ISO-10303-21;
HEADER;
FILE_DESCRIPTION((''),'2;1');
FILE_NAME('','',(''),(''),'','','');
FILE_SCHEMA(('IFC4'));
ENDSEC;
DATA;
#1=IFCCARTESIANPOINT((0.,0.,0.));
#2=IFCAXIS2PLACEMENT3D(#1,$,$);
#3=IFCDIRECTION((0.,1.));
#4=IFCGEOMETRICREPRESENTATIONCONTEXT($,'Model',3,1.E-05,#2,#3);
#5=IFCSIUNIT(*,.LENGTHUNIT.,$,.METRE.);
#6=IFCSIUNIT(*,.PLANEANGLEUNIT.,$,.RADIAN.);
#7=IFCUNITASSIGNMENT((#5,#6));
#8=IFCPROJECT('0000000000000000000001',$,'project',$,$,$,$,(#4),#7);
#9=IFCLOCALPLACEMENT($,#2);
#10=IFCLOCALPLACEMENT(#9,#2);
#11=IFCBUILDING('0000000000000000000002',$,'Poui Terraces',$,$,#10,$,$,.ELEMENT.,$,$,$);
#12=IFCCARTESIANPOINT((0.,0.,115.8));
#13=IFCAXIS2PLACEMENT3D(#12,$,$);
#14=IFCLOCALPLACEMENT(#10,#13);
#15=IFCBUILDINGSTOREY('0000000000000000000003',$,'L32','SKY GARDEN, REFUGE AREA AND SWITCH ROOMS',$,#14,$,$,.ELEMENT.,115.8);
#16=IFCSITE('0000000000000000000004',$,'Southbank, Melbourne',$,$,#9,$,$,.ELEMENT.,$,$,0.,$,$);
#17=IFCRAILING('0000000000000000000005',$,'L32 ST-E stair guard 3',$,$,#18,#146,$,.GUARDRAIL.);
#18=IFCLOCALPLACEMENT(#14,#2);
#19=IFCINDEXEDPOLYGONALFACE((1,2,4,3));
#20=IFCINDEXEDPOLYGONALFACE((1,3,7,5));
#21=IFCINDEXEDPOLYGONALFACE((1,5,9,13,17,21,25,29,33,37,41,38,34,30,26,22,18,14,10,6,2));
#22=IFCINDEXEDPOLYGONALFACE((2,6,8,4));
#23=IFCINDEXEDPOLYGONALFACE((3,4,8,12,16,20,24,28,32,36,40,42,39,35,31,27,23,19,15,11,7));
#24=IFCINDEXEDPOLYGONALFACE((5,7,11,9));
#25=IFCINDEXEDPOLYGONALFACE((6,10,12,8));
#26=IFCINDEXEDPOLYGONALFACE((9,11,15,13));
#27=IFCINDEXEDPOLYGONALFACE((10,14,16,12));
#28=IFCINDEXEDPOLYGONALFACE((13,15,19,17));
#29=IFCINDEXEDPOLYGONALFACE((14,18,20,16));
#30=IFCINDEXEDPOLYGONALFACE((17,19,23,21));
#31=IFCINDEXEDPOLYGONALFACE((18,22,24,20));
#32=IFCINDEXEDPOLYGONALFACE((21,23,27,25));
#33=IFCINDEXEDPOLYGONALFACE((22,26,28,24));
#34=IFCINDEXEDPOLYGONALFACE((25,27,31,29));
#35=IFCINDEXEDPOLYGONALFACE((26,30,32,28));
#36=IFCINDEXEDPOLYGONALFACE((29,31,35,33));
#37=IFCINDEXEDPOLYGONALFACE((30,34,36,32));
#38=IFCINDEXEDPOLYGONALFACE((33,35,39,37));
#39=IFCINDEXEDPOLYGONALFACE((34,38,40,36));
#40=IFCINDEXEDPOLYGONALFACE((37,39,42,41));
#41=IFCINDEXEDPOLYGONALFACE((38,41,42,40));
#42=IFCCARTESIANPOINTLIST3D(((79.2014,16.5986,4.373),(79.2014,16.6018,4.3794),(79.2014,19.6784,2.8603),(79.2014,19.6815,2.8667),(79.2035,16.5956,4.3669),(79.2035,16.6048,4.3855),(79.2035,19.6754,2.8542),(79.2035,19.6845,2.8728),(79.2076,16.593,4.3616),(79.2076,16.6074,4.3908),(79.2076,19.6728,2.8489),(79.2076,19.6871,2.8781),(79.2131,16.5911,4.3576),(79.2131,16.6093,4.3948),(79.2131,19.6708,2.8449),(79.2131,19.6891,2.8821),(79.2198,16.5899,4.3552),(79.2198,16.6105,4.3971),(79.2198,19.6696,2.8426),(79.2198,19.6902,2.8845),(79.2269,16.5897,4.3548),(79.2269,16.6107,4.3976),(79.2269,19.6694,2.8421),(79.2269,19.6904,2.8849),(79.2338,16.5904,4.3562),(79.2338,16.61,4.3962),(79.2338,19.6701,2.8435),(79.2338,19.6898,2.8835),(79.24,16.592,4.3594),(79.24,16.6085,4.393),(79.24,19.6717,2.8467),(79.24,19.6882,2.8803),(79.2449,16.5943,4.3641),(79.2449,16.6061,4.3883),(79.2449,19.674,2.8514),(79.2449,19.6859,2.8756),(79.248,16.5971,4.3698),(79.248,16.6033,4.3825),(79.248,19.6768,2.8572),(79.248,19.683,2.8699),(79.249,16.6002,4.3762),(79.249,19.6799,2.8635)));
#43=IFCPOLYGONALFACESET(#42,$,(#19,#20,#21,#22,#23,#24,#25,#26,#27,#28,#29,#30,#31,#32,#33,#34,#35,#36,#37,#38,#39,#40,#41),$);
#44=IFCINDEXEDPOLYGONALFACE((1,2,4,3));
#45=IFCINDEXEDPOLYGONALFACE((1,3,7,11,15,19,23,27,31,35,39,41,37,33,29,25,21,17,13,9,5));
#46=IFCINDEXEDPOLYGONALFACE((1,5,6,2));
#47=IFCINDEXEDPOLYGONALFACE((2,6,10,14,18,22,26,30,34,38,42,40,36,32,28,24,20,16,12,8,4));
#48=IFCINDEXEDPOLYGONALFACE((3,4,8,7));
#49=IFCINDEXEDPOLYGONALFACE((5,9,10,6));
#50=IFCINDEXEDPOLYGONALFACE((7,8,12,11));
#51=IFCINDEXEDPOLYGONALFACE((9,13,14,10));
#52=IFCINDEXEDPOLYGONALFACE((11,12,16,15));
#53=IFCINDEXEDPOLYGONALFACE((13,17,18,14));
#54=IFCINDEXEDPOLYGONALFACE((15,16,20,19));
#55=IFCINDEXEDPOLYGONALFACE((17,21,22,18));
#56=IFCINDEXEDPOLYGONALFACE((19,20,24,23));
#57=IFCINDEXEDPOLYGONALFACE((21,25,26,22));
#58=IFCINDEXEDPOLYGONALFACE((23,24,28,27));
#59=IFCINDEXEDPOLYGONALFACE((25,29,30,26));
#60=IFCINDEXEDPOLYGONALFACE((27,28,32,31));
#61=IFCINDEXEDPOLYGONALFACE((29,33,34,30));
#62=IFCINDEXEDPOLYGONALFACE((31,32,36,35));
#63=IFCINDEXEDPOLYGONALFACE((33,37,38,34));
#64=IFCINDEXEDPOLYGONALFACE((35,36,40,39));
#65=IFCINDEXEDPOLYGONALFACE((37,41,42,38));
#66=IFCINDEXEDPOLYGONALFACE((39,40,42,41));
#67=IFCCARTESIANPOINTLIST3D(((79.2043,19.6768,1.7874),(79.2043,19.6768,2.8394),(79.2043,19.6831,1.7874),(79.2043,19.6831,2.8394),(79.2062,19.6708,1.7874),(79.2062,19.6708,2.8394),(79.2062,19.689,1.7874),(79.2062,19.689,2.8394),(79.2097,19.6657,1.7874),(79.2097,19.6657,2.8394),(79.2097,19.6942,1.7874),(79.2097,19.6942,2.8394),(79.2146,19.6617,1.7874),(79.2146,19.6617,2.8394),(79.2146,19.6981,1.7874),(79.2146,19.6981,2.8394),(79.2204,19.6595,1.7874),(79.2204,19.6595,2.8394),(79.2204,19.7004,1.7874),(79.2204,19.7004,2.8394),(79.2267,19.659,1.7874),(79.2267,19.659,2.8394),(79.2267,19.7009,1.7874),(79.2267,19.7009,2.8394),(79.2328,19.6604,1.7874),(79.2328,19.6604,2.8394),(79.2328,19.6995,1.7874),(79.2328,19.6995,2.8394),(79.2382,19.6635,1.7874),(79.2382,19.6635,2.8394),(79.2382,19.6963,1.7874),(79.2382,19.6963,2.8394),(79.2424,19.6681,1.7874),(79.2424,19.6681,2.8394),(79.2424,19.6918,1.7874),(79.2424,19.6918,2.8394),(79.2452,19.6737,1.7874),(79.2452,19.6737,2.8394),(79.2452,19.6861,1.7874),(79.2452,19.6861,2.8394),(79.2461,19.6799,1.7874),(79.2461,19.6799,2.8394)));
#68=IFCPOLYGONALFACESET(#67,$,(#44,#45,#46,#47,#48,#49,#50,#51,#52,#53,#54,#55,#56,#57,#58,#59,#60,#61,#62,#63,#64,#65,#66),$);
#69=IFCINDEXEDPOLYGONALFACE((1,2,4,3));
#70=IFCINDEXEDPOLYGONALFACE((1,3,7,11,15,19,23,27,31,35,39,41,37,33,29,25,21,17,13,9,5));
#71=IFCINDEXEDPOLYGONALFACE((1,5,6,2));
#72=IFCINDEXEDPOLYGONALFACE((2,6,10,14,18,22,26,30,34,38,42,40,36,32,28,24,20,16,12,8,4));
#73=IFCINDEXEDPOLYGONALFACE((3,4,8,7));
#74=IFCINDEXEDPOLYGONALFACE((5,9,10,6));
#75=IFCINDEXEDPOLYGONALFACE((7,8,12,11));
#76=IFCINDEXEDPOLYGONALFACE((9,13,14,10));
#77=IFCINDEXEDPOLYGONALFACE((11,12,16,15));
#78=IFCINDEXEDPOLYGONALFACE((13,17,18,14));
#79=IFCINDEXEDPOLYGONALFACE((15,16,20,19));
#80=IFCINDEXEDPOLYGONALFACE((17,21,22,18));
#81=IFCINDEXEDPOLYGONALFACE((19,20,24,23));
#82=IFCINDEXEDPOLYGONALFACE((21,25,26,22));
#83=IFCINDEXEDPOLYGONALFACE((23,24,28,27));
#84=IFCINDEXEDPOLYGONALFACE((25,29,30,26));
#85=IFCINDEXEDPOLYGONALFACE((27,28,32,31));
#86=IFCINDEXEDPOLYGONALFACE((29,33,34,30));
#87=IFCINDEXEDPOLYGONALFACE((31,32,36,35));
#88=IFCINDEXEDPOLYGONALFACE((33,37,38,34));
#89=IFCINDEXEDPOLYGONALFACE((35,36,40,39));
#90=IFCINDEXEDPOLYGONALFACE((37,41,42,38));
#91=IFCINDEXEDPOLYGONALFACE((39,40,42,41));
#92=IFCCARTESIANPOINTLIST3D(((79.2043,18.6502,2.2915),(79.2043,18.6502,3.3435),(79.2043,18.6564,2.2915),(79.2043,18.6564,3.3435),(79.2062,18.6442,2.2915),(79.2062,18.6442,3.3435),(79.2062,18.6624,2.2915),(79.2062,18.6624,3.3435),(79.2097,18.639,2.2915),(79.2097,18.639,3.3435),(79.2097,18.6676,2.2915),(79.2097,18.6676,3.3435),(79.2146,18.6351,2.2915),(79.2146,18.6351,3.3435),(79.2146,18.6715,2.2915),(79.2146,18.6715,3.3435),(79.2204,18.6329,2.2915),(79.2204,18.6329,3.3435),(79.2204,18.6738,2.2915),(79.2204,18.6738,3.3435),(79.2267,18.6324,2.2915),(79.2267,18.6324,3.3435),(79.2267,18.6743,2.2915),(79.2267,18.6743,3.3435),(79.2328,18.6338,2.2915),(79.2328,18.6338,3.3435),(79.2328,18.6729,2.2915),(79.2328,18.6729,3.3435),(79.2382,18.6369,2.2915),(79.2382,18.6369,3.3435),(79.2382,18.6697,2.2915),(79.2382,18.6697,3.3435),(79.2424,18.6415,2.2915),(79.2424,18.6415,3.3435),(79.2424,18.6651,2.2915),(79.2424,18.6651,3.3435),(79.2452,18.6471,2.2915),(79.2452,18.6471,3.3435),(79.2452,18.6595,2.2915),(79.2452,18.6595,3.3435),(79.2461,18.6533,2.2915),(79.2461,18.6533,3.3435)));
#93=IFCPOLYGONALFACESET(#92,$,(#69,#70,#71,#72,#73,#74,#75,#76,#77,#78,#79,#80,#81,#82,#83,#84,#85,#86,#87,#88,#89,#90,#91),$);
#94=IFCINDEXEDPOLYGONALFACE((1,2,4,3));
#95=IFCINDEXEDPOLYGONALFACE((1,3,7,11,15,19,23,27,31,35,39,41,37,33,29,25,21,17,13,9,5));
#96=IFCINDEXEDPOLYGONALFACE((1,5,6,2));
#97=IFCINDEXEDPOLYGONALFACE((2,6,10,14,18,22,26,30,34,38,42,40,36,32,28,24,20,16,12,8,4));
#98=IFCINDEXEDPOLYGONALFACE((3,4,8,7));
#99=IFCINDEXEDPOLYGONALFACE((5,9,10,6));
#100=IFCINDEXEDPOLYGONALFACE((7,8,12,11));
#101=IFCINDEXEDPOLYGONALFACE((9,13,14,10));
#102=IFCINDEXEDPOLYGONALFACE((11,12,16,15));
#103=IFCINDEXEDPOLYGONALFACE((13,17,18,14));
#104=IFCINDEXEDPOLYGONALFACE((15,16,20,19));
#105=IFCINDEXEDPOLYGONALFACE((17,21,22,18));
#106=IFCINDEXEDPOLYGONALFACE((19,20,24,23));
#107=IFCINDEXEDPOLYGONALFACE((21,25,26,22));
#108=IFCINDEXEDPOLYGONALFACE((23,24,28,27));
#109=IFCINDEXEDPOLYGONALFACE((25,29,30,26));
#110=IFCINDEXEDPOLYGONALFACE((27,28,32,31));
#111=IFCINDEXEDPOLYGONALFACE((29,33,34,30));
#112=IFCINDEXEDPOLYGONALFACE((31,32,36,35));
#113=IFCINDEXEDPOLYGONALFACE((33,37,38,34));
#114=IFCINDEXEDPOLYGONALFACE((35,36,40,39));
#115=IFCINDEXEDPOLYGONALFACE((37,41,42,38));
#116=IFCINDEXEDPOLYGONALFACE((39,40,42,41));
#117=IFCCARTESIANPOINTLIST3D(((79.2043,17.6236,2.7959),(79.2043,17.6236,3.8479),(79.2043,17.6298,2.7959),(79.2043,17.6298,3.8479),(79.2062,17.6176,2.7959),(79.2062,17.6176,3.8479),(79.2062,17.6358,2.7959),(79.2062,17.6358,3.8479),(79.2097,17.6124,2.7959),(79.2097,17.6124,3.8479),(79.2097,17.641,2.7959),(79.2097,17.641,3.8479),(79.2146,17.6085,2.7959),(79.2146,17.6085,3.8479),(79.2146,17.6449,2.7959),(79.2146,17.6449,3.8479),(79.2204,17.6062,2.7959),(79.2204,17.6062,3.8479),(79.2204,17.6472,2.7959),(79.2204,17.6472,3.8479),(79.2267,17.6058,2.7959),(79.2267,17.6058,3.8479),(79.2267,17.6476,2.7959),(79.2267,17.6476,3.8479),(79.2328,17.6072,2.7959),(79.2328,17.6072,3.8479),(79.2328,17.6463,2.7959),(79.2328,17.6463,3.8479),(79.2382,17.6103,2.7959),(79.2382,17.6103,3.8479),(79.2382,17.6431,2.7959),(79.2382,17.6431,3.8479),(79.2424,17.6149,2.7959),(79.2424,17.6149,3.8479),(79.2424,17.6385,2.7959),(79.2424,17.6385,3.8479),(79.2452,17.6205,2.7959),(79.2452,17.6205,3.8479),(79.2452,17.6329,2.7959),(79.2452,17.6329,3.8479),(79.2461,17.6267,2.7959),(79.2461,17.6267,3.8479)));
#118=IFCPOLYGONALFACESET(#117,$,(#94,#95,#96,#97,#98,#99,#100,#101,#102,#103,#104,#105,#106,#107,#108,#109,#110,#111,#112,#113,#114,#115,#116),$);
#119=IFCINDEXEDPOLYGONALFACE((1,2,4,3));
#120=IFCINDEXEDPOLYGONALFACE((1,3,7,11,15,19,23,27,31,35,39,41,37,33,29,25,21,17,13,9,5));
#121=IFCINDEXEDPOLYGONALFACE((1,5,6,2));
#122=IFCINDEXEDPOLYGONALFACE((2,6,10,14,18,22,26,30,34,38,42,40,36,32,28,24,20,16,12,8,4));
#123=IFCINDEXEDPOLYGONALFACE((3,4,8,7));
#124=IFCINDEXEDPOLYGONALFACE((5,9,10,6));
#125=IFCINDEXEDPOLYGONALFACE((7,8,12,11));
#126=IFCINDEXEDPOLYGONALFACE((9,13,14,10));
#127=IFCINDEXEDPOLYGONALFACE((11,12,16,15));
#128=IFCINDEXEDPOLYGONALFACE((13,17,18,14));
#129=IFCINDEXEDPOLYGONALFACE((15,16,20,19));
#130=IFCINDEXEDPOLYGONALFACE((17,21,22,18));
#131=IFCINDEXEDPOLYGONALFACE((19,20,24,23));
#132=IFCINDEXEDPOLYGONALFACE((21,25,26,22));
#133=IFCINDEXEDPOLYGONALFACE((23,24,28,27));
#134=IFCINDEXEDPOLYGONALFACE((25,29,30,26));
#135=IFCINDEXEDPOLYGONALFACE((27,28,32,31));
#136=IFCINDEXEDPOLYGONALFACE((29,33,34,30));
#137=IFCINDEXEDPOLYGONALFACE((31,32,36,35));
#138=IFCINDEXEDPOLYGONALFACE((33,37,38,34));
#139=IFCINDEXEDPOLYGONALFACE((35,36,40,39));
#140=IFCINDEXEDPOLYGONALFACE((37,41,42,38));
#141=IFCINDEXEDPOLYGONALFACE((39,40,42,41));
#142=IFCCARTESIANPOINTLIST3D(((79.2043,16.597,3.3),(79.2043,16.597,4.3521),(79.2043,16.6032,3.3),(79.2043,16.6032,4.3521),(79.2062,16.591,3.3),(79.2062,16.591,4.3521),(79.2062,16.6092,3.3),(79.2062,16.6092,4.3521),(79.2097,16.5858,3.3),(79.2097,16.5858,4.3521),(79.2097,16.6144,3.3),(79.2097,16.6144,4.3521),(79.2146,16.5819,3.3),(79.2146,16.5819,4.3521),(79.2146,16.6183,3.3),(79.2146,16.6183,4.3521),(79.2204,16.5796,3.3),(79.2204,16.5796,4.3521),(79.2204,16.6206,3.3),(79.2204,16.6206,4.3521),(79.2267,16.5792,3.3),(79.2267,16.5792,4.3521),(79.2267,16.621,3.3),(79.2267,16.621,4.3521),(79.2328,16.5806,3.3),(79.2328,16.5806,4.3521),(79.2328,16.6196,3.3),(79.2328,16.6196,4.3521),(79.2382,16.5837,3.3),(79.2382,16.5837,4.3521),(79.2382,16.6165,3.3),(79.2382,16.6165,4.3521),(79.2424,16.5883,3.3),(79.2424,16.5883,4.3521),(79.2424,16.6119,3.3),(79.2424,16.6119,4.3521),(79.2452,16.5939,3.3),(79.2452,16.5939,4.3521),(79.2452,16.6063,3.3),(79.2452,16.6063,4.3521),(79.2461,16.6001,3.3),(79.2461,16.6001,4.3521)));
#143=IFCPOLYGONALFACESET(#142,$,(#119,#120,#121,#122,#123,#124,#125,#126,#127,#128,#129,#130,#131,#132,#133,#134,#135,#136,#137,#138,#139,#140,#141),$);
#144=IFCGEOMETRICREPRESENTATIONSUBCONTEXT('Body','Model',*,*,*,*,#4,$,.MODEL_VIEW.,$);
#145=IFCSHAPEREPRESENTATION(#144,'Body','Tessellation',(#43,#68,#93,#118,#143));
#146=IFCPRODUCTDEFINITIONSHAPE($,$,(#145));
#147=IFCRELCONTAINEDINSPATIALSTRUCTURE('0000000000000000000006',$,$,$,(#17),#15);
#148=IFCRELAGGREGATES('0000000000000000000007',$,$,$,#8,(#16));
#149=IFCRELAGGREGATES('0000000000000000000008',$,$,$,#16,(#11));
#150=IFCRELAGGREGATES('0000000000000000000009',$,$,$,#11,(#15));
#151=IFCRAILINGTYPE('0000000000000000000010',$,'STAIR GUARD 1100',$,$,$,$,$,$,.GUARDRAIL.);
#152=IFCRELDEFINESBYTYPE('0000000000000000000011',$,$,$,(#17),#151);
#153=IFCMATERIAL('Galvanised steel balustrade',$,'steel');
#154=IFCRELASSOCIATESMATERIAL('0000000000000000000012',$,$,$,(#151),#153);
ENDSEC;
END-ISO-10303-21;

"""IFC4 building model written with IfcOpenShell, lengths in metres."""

from ifc_helpers import new_model, si_unit, direction, frame, origin, origin_2d, place, context, subcontext, project, spatial, circle, extrude, material, type_object, element, save


model = new_model("IFC4")

# Units and contexts
model_context = context("Model", 3, precision=1e-05, world=origin(), true_north=direction((0.0, 1.0)))
body_context = subcontext(model_context, "Body", "Model", "MODEL_VIEW")
ifc_project = project(units=[si_unit("LENGTHUNIT", "METRE"), si_unit("PLANEANGLEUNIT", "RADIAN")], contexts=[model_context])

# Site, building, storey
site_placement = place(None, origin())
site = spatial("IfcSite", under=ifc_project, at=site_placement, Name="Southbank, Melbourne", CompositionType="ELEMENT", RefElevation=0.0)
building_placement = place(site_placement, origin())
building = spatial("IfcBuilding", under=site, at=building_placement, Name="Poui Terraces", CompositionType="ELEMENT")
storey_placement = place(building_placement, frame((0.0, 0.0, 115.8)))
storey = spatial("IfcBuildingStorey", under=building, at=storey_placement, Name="L32", Description="SKY GARDEN, REFUGE AREA AND SWITCH ROOMS", CompositionType="ELEMENT", Elevation=115.8)

# Railing
ifc_material_1 = material(Name="Galvanised steel balustrade", Category="steel")
railing_type_1 = type_object("IfcRailingType", Name="STAIR GUARD 1100", PredefinedType="GUARDRAIL", material=ifc_material_1)
railing_1_placement = place(storey_placement, frame((79.2251, 19.6799, 1.7874)))
element("IfcRailing", 1, at=railing_1_placement, inside=storey, type_object=railing_type_1, Name="L32 ST-E stair guard 3", PredefinedType="GUARDRAIL", context=body_context, shape_type="SweptSolid", body=[
    extrude(circle(Radius=0.0239, at=origin_2d()), frame((0.0, 0.0, 1.0762), z_axis=(0.0, -0.897578, 0.440856), x_axis=(1.0, 0.0, 0.0)), (0.0, 0.0, 1.0), 3.4312),
    extrude(circle(Radius=0.021, at=origin_2d()), origin(), (0.0, 0.0, 1.0), 1.052),
    extrude(circle(Radius=0.021, at=origin_2d()), frame((0.0, -1.0266, 0.5042)), (0.0, 0.0, 1.0), 1.052),
    extrude(circle(Radius=0.021, at=origin_2d()), frame((0.0, -2.0532, 1.0085)), (0.0, 0.0, 1.0), 1.052),
    extrude(circle(Radius=0.021, at=origin_2d()), frame((0.0, -3.0798, 1.5127)), (0.0, 0.0, 1.0), 1.052),
])

save(model, "model.ifc")
